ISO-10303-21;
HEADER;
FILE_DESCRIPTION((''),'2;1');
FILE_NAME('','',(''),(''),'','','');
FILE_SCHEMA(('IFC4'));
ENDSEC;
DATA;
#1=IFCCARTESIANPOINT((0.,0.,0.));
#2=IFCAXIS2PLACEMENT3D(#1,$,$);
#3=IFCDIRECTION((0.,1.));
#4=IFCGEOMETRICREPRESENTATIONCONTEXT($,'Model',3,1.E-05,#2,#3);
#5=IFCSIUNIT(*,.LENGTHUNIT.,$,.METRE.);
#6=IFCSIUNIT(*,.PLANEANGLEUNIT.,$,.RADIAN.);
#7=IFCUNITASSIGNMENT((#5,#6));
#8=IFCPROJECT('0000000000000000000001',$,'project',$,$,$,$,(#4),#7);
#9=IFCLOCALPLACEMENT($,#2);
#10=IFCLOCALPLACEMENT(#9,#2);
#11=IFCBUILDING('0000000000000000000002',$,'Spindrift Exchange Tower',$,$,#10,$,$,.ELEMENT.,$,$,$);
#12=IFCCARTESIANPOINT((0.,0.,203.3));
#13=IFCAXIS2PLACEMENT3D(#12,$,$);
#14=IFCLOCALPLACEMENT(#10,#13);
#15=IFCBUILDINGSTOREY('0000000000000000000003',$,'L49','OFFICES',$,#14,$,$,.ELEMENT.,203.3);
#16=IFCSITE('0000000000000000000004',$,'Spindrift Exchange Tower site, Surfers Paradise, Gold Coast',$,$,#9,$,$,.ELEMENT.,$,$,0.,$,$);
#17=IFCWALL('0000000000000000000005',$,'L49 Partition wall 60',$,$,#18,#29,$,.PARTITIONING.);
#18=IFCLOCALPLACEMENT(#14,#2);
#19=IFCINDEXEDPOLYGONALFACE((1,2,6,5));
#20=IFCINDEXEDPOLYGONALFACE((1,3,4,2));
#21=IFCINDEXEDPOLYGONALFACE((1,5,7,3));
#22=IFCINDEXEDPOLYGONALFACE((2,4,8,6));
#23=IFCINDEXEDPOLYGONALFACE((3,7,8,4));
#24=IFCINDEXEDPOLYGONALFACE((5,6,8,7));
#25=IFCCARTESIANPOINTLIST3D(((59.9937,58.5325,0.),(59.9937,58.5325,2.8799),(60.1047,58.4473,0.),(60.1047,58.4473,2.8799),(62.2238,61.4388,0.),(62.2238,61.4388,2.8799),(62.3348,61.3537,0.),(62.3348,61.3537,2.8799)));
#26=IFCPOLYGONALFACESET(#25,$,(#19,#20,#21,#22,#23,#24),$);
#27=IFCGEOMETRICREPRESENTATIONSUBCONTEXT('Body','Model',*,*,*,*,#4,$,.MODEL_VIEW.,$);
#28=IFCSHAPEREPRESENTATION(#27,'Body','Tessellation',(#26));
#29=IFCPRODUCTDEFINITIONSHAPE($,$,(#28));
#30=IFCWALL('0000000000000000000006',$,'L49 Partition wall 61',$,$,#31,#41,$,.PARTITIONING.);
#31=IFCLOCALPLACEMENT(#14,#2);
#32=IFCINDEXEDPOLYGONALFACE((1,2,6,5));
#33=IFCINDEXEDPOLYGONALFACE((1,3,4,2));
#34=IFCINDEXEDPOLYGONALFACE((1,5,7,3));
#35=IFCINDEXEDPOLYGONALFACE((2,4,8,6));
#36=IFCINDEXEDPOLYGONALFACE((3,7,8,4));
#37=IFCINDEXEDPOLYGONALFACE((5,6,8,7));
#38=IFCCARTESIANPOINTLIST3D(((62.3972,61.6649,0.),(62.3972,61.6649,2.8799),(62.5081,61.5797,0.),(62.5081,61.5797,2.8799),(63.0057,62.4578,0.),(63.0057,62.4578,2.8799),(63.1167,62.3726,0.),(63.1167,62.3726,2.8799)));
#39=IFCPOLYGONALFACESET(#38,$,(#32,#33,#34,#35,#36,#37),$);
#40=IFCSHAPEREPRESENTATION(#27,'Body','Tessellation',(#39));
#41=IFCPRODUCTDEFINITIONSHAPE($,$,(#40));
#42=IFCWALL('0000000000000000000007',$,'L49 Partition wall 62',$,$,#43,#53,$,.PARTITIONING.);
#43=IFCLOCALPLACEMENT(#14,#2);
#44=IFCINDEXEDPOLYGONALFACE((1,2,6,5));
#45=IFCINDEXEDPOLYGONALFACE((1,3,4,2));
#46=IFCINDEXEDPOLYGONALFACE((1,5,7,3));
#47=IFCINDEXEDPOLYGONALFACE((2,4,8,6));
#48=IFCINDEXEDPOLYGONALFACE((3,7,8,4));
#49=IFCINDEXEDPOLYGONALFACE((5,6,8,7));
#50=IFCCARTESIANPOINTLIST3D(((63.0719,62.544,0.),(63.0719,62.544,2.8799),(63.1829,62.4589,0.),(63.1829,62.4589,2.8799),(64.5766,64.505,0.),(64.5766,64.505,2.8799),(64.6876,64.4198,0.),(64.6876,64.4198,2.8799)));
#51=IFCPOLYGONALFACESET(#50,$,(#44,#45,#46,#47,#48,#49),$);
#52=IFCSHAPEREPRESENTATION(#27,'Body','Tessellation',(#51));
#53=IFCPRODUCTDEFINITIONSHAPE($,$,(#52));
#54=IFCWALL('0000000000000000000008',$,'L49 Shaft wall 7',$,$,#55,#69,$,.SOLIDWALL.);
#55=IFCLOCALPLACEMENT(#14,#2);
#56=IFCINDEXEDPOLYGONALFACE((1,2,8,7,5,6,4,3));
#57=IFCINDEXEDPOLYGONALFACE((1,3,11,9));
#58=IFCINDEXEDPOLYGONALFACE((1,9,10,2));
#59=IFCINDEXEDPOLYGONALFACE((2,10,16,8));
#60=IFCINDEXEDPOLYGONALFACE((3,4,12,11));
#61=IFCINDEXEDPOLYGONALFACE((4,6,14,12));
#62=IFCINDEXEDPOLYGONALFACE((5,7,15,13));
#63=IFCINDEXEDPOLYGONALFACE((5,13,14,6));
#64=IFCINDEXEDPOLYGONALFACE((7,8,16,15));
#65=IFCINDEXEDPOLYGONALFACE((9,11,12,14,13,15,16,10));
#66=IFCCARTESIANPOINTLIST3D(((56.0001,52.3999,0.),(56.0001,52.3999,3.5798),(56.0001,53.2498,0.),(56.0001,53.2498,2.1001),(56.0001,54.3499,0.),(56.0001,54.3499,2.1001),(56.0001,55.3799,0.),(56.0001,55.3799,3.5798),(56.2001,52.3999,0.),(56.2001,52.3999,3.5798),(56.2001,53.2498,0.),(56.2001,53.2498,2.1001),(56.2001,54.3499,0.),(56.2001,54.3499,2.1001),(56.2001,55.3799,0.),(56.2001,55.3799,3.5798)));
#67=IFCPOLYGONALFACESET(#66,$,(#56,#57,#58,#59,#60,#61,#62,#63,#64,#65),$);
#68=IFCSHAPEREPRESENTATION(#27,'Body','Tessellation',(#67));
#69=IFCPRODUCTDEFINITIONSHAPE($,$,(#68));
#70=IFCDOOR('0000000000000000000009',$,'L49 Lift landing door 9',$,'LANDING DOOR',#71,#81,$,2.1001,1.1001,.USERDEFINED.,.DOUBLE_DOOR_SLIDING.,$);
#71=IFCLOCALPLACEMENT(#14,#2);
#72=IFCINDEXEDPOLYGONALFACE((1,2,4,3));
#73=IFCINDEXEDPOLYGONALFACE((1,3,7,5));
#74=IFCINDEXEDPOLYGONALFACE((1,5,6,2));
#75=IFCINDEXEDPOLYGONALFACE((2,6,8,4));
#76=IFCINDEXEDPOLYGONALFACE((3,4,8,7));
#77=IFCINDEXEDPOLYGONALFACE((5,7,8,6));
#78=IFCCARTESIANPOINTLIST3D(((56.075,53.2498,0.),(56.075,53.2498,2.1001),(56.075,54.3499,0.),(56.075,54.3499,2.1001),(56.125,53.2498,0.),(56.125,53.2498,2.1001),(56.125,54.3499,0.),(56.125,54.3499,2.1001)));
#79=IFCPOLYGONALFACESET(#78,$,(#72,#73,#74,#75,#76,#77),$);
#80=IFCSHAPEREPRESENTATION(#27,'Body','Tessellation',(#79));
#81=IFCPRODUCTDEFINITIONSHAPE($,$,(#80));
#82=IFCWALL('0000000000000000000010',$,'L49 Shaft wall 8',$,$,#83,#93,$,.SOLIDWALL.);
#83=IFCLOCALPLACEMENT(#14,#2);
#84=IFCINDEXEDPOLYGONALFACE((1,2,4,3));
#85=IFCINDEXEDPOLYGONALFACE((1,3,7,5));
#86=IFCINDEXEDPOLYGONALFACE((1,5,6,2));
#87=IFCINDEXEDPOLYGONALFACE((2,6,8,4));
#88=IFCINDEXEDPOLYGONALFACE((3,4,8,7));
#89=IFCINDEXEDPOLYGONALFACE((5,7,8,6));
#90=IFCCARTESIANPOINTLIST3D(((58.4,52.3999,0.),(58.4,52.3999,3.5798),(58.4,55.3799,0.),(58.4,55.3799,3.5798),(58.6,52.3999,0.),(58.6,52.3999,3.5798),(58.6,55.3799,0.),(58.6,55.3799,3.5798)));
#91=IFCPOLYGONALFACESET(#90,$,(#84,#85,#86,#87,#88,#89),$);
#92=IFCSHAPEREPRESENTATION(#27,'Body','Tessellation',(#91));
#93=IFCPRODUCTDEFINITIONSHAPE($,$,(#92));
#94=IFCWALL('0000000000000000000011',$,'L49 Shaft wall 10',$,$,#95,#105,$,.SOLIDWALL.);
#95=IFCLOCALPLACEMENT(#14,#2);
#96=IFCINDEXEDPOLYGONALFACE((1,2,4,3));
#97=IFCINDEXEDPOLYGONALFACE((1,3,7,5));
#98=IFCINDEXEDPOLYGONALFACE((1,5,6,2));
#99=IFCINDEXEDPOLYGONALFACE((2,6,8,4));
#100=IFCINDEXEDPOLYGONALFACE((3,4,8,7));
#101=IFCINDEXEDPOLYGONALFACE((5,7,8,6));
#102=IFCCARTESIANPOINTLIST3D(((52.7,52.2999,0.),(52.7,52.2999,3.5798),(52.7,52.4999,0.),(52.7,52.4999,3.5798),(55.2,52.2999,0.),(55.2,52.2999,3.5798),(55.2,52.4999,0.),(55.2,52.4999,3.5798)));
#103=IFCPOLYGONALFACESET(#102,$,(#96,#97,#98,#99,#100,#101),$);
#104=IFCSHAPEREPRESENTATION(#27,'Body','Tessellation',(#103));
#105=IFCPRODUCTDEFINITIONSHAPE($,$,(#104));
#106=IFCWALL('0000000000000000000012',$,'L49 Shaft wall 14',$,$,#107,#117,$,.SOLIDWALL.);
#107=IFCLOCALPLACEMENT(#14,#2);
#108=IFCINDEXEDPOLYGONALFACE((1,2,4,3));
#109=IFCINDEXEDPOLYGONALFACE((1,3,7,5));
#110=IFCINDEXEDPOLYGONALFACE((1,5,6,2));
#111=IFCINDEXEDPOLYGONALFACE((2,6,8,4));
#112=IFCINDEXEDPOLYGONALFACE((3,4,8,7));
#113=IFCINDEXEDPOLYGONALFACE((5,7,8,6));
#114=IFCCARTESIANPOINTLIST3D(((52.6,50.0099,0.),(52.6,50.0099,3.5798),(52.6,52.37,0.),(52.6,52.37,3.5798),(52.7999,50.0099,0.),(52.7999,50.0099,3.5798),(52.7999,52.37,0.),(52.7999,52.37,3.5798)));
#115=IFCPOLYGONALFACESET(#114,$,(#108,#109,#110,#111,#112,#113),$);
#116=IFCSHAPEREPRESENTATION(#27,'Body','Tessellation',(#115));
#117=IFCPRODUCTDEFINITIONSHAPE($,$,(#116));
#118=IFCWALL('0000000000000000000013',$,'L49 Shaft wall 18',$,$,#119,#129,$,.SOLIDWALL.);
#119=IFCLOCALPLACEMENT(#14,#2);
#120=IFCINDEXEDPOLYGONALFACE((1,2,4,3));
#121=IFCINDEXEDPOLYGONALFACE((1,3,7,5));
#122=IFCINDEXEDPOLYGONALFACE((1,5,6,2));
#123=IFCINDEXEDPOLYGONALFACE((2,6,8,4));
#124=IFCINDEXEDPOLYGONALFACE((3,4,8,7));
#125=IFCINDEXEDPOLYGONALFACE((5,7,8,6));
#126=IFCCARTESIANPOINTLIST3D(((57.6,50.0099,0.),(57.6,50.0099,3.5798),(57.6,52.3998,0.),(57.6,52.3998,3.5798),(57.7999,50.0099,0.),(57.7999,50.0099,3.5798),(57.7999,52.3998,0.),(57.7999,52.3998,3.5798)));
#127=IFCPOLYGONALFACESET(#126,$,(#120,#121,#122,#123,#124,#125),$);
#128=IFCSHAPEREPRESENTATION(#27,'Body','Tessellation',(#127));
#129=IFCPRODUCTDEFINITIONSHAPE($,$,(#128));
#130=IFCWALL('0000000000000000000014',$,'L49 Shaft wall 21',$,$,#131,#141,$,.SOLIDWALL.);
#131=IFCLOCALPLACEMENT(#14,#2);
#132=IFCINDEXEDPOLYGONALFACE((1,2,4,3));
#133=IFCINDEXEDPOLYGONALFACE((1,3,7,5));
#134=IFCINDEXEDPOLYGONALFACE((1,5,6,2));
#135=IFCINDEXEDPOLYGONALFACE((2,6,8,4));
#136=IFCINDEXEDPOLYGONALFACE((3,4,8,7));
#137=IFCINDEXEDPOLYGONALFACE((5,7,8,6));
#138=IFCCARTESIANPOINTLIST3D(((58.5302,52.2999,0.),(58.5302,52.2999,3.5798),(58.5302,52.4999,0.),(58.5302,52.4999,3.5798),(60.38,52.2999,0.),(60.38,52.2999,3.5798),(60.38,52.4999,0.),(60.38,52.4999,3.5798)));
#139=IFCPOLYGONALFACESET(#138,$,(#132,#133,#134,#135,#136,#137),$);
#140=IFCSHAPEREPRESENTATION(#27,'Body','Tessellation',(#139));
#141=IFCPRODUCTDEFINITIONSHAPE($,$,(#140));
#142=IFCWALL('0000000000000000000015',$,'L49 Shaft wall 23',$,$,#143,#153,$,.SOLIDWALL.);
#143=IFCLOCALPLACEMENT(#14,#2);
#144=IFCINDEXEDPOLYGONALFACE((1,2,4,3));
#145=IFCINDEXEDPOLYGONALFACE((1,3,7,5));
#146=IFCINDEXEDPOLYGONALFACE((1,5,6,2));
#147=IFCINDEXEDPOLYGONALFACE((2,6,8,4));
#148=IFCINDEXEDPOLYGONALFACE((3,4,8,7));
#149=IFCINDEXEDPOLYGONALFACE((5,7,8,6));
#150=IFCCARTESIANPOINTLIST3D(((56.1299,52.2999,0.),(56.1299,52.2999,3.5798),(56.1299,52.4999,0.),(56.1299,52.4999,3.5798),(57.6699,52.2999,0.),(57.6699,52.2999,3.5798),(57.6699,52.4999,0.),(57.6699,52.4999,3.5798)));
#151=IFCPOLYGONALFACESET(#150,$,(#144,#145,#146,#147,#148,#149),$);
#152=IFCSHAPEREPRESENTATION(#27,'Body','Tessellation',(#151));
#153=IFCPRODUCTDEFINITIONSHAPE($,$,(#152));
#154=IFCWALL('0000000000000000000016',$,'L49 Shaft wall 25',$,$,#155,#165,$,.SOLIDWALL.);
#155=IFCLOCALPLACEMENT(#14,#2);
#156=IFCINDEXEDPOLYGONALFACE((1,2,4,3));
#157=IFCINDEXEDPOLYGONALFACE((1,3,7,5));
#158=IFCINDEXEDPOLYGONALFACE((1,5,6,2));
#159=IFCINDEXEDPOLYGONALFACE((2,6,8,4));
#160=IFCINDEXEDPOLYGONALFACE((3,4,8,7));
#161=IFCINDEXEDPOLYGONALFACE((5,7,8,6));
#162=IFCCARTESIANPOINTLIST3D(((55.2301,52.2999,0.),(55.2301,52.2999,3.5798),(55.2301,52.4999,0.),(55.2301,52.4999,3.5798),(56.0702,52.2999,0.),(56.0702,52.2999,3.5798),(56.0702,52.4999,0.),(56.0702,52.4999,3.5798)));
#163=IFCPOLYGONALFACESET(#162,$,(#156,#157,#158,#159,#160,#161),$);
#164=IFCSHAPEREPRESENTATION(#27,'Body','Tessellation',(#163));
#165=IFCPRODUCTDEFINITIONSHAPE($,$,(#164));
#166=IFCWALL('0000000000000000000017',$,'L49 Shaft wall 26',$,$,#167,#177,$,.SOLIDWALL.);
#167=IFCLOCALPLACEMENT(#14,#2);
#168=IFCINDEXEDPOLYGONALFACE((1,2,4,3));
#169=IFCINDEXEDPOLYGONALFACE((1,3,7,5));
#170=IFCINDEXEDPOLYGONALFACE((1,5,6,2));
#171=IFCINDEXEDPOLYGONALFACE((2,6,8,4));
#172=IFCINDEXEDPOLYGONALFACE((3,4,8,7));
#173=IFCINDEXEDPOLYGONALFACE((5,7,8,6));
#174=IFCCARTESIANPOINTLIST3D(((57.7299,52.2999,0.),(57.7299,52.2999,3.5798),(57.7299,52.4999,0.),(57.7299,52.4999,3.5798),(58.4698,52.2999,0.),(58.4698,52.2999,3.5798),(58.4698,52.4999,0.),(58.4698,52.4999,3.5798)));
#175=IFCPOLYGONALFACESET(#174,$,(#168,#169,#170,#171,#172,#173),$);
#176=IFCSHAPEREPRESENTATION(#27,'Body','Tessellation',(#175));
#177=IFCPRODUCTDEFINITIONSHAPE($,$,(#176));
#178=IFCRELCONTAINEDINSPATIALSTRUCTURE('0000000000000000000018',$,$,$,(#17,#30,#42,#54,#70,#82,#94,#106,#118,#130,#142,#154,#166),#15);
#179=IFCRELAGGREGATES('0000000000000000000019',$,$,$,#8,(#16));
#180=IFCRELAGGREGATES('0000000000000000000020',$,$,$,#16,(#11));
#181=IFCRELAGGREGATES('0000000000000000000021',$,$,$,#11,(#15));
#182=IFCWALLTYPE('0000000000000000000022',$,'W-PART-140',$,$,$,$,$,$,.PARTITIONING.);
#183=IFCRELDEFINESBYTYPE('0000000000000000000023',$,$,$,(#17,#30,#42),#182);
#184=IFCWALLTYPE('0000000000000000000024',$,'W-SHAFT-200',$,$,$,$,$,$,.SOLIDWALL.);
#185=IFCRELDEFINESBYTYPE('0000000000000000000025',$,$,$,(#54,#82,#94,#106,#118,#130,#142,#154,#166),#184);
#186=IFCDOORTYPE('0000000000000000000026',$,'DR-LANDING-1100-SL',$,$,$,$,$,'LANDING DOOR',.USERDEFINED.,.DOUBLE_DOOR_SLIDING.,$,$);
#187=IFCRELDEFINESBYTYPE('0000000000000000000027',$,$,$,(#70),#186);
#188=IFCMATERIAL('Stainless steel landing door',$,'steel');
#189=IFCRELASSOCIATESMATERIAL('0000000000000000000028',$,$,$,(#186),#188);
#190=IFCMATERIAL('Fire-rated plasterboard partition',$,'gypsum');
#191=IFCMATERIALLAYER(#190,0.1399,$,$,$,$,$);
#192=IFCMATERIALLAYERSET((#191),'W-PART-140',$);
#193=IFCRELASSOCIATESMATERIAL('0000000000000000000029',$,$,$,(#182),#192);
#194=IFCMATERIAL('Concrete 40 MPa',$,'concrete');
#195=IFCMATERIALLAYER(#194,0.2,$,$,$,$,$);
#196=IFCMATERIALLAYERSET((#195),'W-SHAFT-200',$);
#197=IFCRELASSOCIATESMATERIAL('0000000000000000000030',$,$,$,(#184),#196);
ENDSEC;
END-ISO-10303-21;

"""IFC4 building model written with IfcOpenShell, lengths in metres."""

from ifc_helpers import new_model, si_unit, direction, frame, frame_2d, origin, place, context, subcontext, project, spatial, rectangle, extrude, source, transform, mapped, material, layer, layer_set, type_object, element, fill, save


model = new_model("IFC4")

# Units and contexts
model_context = context("Model", 3, precision=1e-05, world=origin(), true_north=direction((0.0, 1.0)))
body_context = subcontext(model_context, "Body", "Model", "MODEL_VIEW")
ifc_project = project(units=[si_unit("LENGTHUNIT", "METRE"), si_unit("PLANEANGLEUNIT", "RADIAN")], contexts=[model_context])

# Site, building, storey
site_placement = place(None, origin())
site = spatial("IfcSite", under=ifc_project, at=site_placement, Name="Spindrift Exchange Tower site, Surfers Paradise, Gold Coast", CompositionType="ELEMENT", RefElevation=0.0)
building_placement = place(site_placement, origin())
building = spatial("IfcBuilding", under=site, at=building_placement, Name="Spindrift Exchange Tower", CompositionType="ELEMENT")
storey_placement = place(building_placement, frame((0.0, 0.0, 203.3)))
storey = spatial("IfcBuildingStorey", under=building, at=storey_placement, Name="L49", Description="OFFICES", CompositionType="ELEMENT", Elevation=203.3)

# Shared definitions
ifc_material_1 = material(Name="Stainless steel landing door", Category="steel")
door_type_1 = type_object("IfcDoorType", Name="DR-LANDING-1100-SL", ElementType="LANDING DOOR", OperationType="DOUBLE_DOOR_SLIDING", PredefinedType="USERDEFINED", material=ifc_material_1)
shared_shape_1 = source(origin(), body_context, "Body", "SweptSolid", [
    extrude(rectangle(XDim=1.1001, YDim=2.1001, at=frame_2d((0.55, 1.05))), frame((0.0, 0.0249, 0.0), z_axis=(0.0, -1.0, 0.0), x_axis=(1.0, 0.0, 0.0)), (0.0, 0.0, 1.0), 0.05),
])

# Shared definitions
ifc_material_2 = material(Name="Fire-rated plasterboard partition", Category="gypsum")
ifc_layer_1 = layer(ifc_material_2, 0.1399)
ifc_layer_set_1 = layer_set([ifc_layer_1], Name="W-PART-140")
wall_type_1 = type_object("IfcWallType", Name="W-PART-140", PredefinedType="PARTITIONING", material=ifc_layer_set_1)

# Walls
wall_1_placement = place(storey_placement, frame((60.0493, 58.49, 0.0), z_axis=(0.0, 0.0, 1.0), x_axis=(0.608751, 0.793362, 0.0)))
element("IfcWall", 1, at=wall_1_placement, inside=storey, type_object=wall_type_1, Name="L49 Partition wall 60", PredefinedType="PARTITIONING", context=body_context, shape_type="SweptSolid", body=[
    extrude(rectangle(XDim=3.6633, YDim=0.1399, at=frame_2d((1.8315, 0.0))), origin(), (0.0, 0.0, 1.0), 2.8799),
])
wall_2_placement = place(storey_placement, frame((62.4526, 61.6223, 0.0), z_axis=(0.0, 0.0, 1.0), x_axis=(0.608872, 0.793268, 0.0)))
element("IfcWall", 2, at=wall_2_placement, inside=storey, type_object=wall_type_1, Name="L49 Partition wall 61", PredefinedType="PARTITIONING", context=body_context, shape_type="SweptSolid", body=[
    extrude(rectangle(XDim=0.9995, YDim=0.1399, at=frame_2d((0.4998, 0.0))), origin(), (0.0, 0.0, 1.0), 2.8799),
])
wall_3_placement = place(storey_placement, frame((63.1274, 62.5015, 0.0), z_axis=(0.0, 0.0, 1.0), x_axis=(0.608751, 0.793361, 0.0)))
element("IfcWall", 3, at=wall_3_placement, inside=storey, type_object=wall_type_1, Name="L49 Partition wall 62", PredefinedType="PARTITIONING", context=body_context, shape_type="SweptSolid", body=[
    extrude(rectangle(XDim=2.4717, YDim=0.1399, at=frame_2d((1.2358, 0.0))), origin(), (0.0, 0.0, 1.0), 2.8799),
])

# Wall, opening, door
ifc_material_3 = material(Name="Concrete 40 MPa", Category="concrete")
ifc_layer_2 = layer(ifc_material_3, 0.2)
ifc_layer_set_2 = layer_set([ifc_layer_2], Name="W-SHAFT-200")
wall_type_2 = type_object("IfcWallType", Name="W-SHAFT-200", PredefinedType="SOLIDWALL", material=ifc_layer_set_2)
wall_4_placement = place(storey_placement, frame((56.1001, 55.3799, 0.0), z_axis=(0.0, 0.0, 1.0), x_axis=(0.0, -1.0, 0.0)))
wall_4 = element("IfcWall", 4, at=wall_4_placement, inside=storey, type_object=wall_type_2, Name="L49 Shaft wall 7", PredefinedType="SOLIDWALL", context=body_context, shape_type="SweptSolid", body=[
    extrude(rectangle(XDim=2.98, YDim=0.2, at=frame_2d((1.49, 0.0))), origin(), (0.0, 0.0, 1.0), 3.5798),
])
opening_1_placement = place(wall_4_placement, frame((1.03, 0.0, 0.0)))
opening_1 = element("IfcOpeningElement", 5, at=opening_1_placement, cuts=wall_4, PredefinedType="OPENING", context=body_context, shape_type="SweptSolid", body=[
    extrude(rectangle(XDim=1.1001, YDim=2.1001, at=frame_2d((0.55, 1.05))), frame((0.0, 0.1099, 0.0), z_axis=(0.0, -1.0, 0.0), x_axis=(1.0, 0.0, 0.0)), (0.0, 0.0, 1.0), 0.22),
])
door_1_placement = place(opening_1_placement, origin())
door_1 = element("IfcDoor", 6, at=door_1_placement, inside=storey, type_object=door_type_1, Name="L49 Lift landing door 9", ObjectType="LANDING DOOR", OperationType="DOUBLE_DOOR_SLIDING", OverallHeight=2.1001, OverallWidth=1.1001, PredefinedType="USERDEFINED", context=body_context, shape_type="MappedRepresentation", body=[
    mapped(shared_shape_1, transform((0.0, 0.0, 0.0), scale=1.0)),
])
fill(opening_1, door_1)

# Walls
wall_5_placement = place(storey_placement, frame((58.5, 52.3999, 0.0), z_axis=(0.0, 0.0, 1.0), x_axis=(0.0, 1.0, 0.0)))
element("IfcWall", 7, at=wall_5_placement, inside=storey, type_object=wall_type_2, Name="L49 Shaft wall 8", PredefinedType="SOLIDWALL", context=body_context, shape_type="SweptSolid", body=[
    extrude(rectangle(XDim=2.98, YDim=0.2, at=frame_2d((1.49, 0.0))), origin(), (0.0, 0.0, 1.0), 3.5798),
])
wall_6_placement = place(storey_placement, frame((55.2, 52.3999, 0.0), z_axis=(0.0, 0.0, 1.0), x_axis=(-1.0, 0.0, 0.0)))
element("IfcWall", 8, at=wall_6_placement, inside=storey, type_object=wall_type_2, Name="L49 Shaft wall 10", PredefinedType="SOLIDWALL", context=body_context, shape_type="SweptSolid", body=[
    extrude(rectangle(XDim=2.5, YDim=0.2, at=frame_2d((1.25, 0.0))), origin(), (0.0, 0.0, 1.0), 3.5798),
])
wall_7_placement = place(storey_placement, frame((52.7, 52.3701, 0.0), z_axis=(0.0, 0.0, 1.0), x_axis=(0.0, -1.0, 0.0)))
element("IfcWall", 9, at=wall_7_placement, inside=storey, type_object=wall_type_2, Name="L49 Shaft wall 14", PredefinedType="SOLIDWALL", context=body_context, shape_type="SweptSolid", body=[
    extrude(rectangle(XDim=2.3601, YDim=0.2, at=frame_2d((1.1802, 0.0))), origin(), (0.0, 0.0, 1.0), 3.5798),
])
wall_8_placement = place(storey_placement, frame((57.7, 50.01, 0.0), z_axis=(0.0, 0.0, 1.0), x_axis=(0.0, 1.0, 0.0)))
element("IfcWall", 10, at=wall_8_placement, inside=storey, type_object=wall_type_2, Name="L49 Shaft wall 18", PredefinedType="SOLIDWALL", context=body_context, shape_type="SweptSolid", body=[
    extrude(rectangle(XDim=2.3899, YDim=0.2, at=frame_2d((1.1948, 0.0))), origin(), (0.0, 0.0, 1.0), 3.5798),
])
wall_9_placement = place(storey_placement, frame((60.3799, 52.3999, 0.0), z_axis=(0.0, 0.0, 1.0), x_axis=(-1.0, 0.0, 0.0)))
element("IfcWall", 11, at=wall_9_placement, inside=storey, type_object=wall_type_2, Name="L49 Shaft wall 21", PredefinedType="SOLIDWALL", context=body_context, shape_type="SweptSolid", body=[
    extrude(rectangle(XDim=1.8499, YDim=0.2, at=frame_2d((0.9248, 0.0))), origin(), (0.0, 0.0, 1.0), 3.5798),
])
wall_10_placement = place(storey_placement, frame((57.6699, 52.3999, 0.0), z_axis=(0.0, 0.0, 1.0), x_axis=(-1.0, 0.0, 0.0)))
element("IfcWall", 12, at=wall_10_placement, inside=storey, type_object=wall_type_2, Name="L49 Shaft wall 23", PredefinedType="SOLIDWALL", context=body_context, shape_type="SweptSolid", body=[
    extrude(rectangle(XDim=1.54, YDim=0.2, at=frame_2d((0.77, 0.0))), origin(), (0.0, 0.0, 1.0), 3.5798),
])
wall_11_placement = place(storey_placement, frame((56.0701, 52.3999, 0.0), z_axis=(0.0, 0.0, 1.0), x_axis=(-1.0, 0.0, 0.0)))
element("IfcWall", 13, at=wall_11_placement, inside=storey, type_object=wall_type_2, Name="L49 Shaft wall 25", PredefinedType="SOLIDWALL", context=body_context, shape_type="SweptSolid", body=[
    extrude(rectangle(XDim=0.8401, YDim=0.2, at=frame_2d((0.4199, 0.0))), origin(), (0.0, 0.0, 1.0), 3.5798),
])
wall_12_placement = place(storey_placement, frame((58.47, 52.3999, 0.0), z_axis=(0.0, 0.0, 1.0), x_axis=(-1.0, 0.0, 0.0)))
element("IfcWall", 14, at=wall_12_placement, inside=storey, type_object=wall_type_2, Name="L49 Shaft wall 26", PredefinedType="SOLIDWALL", context=body_context, shape_type="SweptSolid", body=[
    extrude(rectangle(XDim=0.74, YDim=0.2, at=frame_2d((0.3701, 0.0))), origin(), (0.0, 0.0, 1.0), 3.5798),
])

save(model, "model.ifc")
